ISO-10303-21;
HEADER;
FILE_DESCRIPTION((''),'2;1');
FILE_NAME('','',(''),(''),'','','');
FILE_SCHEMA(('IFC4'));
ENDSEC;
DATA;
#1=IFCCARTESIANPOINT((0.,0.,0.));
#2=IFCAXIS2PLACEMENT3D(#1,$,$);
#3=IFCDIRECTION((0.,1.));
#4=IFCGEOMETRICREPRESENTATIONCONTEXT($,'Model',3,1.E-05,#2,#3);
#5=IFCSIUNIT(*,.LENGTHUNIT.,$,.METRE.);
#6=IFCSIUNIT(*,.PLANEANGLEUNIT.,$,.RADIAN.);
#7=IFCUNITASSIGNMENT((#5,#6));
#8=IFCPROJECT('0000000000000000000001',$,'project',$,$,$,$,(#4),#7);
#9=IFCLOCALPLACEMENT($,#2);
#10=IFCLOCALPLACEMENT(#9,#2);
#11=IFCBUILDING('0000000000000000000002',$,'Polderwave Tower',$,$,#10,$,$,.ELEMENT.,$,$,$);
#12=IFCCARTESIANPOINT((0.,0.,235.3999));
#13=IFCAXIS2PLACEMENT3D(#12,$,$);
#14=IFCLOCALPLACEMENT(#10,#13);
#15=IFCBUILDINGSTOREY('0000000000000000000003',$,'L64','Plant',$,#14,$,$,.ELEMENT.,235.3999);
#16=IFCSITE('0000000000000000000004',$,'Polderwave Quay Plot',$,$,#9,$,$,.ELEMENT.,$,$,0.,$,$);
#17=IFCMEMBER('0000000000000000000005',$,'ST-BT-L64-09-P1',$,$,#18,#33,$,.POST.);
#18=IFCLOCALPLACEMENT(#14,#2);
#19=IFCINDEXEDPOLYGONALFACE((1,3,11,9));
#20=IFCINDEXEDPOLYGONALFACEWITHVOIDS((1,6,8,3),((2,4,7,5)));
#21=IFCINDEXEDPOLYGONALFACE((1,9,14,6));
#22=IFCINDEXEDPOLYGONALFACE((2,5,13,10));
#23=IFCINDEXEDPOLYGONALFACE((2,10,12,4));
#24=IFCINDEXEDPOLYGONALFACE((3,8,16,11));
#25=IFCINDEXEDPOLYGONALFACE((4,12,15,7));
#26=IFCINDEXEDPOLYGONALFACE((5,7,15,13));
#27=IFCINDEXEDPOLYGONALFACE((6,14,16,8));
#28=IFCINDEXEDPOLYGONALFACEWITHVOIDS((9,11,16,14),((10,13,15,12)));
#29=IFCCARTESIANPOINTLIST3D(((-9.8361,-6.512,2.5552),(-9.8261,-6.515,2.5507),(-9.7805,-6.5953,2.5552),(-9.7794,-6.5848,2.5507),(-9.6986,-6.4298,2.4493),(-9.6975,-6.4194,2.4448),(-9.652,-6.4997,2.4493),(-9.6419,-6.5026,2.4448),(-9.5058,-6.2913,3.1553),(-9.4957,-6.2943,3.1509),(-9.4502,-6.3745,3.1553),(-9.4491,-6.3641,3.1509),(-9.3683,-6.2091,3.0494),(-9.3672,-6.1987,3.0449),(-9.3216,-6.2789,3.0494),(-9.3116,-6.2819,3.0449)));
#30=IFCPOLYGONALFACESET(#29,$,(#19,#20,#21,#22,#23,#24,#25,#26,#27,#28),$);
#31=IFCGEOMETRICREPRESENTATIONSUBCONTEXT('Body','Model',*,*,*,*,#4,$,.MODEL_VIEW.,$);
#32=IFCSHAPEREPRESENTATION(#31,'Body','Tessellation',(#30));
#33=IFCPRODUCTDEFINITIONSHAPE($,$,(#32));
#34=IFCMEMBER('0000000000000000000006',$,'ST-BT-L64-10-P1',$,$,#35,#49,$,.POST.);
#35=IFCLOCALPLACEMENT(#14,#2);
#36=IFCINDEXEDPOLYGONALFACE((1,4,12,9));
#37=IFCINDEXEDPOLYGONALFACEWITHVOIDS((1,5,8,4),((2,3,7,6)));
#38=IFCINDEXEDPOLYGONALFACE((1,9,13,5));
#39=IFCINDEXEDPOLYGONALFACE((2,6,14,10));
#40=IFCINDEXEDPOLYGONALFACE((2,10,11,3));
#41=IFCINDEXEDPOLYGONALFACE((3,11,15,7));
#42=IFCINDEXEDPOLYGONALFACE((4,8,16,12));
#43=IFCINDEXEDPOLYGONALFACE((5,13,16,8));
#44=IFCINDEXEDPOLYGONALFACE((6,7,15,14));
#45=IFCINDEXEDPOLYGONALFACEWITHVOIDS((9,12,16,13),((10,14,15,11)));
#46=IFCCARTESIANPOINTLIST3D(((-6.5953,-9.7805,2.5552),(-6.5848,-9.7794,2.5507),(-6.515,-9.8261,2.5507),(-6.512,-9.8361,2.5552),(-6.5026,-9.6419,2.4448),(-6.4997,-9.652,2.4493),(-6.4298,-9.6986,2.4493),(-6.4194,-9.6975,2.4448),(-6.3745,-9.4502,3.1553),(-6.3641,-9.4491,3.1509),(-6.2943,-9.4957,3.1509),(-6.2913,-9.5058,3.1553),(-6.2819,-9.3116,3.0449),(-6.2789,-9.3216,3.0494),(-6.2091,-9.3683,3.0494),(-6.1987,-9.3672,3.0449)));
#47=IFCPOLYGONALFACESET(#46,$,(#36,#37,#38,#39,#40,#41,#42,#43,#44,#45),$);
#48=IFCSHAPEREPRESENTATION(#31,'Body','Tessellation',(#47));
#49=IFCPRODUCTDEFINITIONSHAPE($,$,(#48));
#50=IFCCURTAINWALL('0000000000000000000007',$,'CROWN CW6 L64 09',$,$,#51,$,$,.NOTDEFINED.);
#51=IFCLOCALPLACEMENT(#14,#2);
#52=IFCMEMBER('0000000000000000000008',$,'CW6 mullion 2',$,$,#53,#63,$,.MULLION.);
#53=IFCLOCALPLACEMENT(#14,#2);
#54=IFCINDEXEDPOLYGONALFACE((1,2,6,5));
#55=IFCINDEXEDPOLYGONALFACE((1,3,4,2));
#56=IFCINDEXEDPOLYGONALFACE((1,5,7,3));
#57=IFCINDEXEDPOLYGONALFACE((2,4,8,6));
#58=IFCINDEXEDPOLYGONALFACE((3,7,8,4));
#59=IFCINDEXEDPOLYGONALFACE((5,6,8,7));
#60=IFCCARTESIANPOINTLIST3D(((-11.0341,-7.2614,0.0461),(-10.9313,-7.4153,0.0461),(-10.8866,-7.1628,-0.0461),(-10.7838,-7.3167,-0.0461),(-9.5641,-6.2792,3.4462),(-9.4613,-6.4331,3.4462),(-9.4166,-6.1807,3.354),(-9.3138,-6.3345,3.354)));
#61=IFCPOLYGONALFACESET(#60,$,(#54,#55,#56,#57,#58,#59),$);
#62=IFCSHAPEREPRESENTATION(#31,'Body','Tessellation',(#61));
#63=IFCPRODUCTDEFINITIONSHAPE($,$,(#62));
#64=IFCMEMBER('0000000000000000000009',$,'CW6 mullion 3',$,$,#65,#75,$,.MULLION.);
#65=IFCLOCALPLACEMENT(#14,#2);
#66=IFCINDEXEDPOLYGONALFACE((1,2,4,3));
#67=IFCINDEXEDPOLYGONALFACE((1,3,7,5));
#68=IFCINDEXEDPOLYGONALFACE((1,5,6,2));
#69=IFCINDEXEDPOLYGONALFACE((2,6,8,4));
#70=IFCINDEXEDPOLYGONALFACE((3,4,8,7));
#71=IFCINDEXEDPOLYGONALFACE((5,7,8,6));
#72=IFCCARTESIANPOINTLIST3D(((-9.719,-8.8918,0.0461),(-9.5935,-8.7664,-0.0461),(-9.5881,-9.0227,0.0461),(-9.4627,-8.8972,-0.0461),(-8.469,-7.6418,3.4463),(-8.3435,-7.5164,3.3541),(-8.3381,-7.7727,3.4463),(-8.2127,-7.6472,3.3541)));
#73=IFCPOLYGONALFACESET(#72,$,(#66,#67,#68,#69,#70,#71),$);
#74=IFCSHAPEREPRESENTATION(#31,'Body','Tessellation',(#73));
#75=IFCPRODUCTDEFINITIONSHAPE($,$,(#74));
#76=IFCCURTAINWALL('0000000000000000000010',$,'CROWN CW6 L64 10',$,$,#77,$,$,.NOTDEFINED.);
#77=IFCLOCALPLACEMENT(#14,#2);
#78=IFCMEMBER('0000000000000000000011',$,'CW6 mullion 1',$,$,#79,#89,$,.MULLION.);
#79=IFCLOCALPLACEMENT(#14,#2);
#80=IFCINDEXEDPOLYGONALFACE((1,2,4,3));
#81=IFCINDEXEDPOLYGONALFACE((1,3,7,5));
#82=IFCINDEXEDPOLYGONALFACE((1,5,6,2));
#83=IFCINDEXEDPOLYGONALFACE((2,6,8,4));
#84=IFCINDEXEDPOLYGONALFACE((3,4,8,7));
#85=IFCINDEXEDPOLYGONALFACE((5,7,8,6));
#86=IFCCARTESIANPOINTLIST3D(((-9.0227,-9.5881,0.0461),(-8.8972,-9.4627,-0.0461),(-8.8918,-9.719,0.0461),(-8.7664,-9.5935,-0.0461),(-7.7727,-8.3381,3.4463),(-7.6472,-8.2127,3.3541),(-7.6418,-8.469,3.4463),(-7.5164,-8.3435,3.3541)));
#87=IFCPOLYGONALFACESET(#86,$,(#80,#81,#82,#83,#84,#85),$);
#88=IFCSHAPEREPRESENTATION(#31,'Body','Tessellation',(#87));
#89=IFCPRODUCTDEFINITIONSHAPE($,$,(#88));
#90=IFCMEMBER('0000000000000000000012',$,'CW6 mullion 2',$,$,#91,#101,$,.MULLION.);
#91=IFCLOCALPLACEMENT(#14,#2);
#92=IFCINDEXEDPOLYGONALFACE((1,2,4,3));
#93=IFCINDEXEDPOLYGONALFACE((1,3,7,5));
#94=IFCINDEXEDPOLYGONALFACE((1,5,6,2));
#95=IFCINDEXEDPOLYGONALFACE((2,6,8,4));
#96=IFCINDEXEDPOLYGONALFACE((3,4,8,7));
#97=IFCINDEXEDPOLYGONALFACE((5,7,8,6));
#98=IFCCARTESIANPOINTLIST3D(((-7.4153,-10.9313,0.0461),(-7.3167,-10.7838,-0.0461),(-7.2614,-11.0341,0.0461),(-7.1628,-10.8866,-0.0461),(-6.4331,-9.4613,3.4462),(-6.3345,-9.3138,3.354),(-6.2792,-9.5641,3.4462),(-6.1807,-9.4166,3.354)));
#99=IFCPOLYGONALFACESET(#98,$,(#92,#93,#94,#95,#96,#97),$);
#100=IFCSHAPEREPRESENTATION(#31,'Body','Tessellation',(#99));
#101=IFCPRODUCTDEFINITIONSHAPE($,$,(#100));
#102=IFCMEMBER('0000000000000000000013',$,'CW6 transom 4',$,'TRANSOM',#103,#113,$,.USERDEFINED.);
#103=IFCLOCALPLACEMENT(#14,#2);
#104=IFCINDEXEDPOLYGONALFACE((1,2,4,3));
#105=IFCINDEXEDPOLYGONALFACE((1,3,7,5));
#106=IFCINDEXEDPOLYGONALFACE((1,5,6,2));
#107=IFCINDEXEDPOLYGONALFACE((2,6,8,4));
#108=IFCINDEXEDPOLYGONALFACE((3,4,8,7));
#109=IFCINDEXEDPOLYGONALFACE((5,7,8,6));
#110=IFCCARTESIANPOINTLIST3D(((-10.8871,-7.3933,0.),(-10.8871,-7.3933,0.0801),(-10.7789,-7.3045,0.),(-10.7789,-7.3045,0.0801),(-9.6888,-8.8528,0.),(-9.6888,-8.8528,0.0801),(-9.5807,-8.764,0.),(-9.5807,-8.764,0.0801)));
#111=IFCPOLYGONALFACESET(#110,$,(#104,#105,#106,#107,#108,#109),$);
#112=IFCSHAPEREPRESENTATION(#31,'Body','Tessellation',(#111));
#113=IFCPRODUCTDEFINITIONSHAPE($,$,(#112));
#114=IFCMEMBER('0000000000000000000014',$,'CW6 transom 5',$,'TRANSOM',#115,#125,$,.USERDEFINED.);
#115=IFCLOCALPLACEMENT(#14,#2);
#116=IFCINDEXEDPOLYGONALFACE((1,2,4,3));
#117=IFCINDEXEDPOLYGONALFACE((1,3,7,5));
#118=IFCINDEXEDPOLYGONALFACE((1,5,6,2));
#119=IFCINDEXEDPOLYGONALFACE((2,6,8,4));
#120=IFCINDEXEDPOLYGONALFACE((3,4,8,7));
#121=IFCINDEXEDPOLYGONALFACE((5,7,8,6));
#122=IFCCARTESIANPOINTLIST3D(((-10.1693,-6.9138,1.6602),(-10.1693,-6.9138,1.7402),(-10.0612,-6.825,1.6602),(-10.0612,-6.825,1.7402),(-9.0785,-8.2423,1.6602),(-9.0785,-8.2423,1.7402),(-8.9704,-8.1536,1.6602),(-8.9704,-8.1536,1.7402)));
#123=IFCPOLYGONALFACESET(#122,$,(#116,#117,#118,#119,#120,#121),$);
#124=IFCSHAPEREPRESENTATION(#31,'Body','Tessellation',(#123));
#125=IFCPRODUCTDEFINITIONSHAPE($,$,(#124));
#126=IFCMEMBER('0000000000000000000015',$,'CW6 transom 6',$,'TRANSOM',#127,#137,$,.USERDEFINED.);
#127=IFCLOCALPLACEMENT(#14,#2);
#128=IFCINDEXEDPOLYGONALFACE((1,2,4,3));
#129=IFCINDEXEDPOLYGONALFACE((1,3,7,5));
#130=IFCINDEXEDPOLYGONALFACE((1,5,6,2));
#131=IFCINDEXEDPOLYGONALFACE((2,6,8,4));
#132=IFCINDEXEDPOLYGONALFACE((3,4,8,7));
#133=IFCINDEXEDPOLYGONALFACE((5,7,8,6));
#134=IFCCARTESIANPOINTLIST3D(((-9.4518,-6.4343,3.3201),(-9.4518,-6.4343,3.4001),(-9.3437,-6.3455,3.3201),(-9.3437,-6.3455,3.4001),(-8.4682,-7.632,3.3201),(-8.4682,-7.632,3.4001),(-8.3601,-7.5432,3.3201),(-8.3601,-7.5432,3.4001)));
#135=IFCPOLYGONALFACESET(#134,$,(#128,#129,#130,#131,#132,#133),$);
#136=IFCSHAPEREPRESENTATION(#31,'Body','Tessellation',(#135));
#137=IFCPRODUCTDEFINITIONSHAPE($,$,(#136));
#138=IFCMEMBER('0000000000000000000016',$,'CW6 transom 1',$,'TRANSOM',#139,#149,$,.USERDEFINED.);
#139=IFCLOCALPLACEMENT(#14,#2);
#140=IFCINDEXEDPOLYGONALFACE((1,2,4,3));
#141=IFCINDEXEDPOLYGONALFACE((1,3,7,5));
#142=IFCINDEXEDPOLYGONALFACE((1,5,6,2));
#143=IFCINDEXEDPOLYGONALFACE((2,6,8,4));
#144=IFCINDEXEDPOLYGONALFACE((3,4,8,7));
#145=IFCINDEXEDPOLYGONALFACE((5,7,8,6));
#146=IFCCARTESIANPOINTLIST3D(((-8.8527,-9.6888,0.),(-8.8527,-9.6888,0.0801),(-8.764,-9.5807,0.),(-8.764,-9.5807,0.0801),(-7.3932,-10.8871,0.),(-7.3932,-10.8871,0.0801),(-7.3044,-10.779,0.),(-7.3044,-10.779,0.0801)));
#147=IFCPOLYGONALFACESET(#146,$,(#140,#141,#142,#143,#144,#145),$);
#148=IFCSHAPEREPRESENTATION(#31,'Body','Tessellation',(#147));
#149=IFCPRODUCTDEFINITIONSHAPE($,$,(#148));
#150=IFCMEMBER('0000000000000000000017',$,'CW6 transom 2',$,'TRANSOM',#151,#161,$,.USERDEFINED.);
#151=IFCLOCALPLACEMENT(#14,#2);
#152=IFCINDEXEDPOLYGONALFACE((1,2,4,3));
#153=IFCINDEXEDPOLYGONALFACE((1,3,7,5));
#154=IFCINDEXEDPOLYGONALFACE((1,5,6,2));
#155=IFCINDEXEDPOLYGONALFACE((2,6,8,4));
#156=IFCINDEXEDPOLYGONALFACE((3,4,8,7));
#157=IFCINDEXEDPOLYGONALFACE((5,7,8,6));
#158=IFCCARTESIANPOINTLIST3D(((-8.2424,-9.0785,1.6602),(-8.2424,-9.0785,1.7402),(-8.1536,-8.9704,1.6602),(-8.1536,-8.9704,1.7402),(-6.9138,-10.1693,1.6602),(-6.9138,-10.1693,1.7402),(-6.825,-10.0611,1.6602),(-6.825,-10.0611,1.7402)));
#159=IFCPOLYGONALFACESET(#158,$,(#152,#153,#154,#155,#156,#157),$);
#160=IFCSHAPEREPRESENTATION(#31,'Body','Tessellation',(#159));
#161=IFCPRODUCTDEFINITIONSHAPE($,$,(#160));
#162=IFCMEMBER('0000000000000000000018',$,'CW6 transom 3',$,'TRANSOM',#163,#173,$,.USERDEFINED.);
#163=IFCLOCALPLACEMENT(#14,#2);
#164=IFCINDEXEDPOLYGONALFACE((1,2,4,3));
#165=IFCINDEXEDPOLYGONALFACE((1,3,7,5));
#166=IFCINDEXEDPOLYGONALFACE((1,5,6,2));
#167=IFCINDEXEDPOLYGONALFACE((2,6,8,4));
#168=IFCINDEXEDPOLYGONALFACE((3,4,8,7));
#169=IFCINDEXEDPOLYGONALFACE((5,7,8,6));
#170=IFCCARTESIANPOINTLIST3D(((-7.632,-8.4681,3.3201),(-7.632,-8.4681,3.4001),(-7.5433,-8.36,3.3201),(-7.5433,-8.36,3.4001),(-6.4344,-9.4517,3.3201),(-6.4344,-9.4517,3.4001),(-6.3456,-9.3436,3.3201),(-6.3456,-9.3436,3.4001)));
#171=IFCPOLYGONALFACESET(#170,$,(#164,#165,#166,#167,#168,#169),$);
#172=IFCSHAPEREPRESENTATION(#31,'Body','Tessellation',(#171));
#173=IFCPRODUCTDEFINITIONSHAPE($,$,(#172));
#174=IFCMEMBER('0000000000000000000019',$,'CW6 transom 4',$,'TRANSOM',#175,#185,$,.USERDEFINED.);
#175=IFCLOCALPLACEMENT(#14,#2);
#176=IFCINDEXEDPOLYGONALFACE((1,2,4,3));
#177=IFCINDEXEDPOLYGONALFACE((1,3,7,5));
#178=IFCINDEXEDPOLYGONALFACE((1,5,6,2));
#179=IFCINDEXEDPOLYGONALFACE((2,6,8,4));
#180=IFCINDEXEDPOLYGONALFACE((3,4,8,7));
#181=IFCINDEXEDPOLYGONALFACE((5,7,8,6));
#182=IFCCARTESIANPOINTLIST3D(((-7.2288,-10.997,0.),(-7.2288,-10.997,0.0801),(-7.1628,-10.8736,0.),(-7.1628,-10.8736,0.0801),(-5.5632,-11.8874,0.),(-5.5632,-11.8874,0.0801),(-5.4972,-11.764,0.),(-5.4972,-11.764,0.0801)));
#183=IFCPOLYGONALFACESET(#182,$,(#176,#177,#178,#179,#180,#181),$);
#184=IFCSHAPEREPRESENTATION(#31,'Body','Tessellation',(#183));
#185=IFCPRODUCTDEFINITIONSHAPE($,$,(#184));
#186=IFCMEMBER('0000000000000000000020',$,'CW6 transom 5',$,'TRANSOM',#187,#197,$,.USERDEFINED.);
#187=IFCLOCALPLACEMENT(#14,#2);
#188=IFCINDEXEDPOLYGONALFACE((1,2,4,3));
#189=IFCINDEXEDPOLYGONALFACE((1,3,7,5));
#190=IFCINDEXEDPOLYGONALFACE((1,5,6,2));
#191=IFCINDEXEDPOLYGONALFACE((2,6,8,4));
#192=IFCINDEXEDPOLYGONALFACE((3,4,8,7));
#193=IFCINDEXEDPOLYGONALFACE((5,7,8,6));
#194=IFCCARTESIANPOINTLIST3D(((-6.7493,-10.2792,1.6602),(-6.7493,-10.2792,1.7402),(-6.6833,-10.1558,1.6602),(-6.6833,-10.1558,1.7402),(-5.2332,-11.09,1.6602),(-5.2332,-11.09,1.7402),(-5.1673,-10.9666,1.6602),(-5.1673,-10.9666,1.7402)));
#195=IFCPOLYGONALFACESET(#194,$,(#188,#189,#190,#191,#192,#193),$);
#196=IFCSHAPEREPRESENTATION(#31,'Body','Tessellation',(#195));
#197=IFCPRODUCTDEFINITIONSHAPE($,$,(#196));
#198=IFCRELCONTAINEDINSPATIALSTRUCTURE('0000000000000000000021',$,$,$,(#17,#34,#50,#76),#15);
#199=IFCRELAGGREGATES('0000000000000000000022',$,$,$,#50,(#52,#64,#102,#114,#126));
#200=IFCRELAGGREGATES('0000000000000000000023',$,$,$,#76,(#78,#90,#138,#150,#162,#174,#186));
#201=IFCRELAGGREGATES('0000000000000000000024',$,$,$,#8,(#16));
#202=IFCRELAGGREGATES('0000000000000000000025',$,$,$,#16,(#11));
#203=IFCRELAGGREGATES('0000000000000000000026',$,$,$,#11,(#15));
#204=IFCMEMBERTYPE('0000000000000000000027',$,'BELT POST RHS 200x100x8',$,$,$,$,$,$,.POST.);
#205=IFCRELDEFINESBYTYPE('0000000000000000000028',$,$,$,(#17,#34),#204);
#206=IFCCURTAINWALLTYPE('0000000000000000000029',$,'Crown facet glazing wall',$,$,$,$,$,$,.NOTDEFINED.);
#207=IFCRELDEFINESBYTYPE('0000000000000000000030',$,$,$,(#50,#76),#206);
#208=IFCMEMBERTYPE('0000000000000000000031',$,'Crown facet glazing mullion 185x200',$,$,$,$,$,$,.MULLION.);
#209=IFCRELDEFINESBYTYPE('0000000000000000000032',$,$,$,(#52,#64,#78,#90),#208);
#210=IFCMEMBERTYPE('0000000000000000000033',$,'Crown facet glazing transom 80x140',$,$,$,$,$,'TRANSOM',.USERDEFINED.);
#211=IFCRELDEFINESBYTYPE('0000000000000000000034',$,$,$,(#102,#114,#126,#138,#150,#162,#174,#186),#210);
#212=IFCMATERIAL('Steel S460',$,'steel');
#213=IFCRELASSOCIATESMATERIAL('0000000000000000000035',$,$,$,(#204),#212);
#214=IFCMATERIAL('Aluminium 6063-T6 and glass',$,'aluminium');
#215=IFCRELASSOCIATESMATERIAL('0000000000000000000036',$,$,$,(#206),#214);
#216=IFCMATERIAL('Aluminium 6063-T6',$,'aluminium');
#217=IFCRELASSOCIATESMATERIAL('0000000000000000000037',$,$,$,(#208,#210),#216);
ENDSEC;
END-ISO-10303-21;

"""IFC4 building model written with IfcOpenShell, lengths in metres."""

from ifc_helpers import new_model, si_unit, direction, frame, origin, origin_2d, place, context, subcontext, project, spatial, rectangle, hollow_rectangle, extrude, material, material_profile, profile_set, type_object, element, aggregate, save


model = new_model("IFC4")

# Units and contexts
model_context = context("Model", 3, precision=1e-05, world=origin(), true_north=direction((0.0, 1.0)))
body_context = subcontext(model_context, "Body", "Model", "MODEL_VIEW")
ifc_project = project(units=[si_unit("LENGTHUNIT", "METRE"), si_unit("PLANEANGLEUNIT", "RADIAN")], contexts=[model_context])

# Site, building, storey
site_placement = place(None, origin())
site = spatial("IfcSite", under=ifc_project, at=site_placement, Name="Polderwave Quay Plot", CompositionType="ELEMENT", RefElevation=0.0)
building_placement = place(site_placement, origin())
building = spatial("IfcBuilding", under=site, at=building_placement, Name="Polderwave Tower", CompositionType="ELEMENT")
storey_placement = place(building_placement, frame((0.0, 0.0, 235.3999)))
storey = spatial("IfcBuildingStorey", under=building, at=storey_placement, Name="L64", Description="Plant", CompositionType="ELEMENT", Elevation=235.3999)

# Members
ifc_material_1 = material(Name="Steel S460", Category="steel")
ifc_material_profile_1 = material_profile(ifc_material_1, hollow_rectangle(XDim=0.1001, YDim=0.2, WallThickness=0.0081, at=origin_2d()), Name="RHS 200x100x8")
ifc_profile_set_1 = profile_set([ifc_material_profile_1], Name="Steel S460")
member_type_1 = type_object("IfcMemberType", Name="BELT POST RHS 200x100x8", PredefinedType="POST", material=ifc_profile_set_1)
for number, where, z_axis, x_axis, name in (
    (1, (-9.739, -6.5073, 2.5), (0.458985, 0.306668, 0.833839), (-0.555551, 0.831483, 0.0), "ST-BT-L64-09-P1"),
    (2, (-6.5073, -9.739, 2.5), (0.306668, 0.458985, 0.833839), (-0.831483, 0.555551, 0.0), "ST-BT-L64-10-P1"),
):
    element("IfcMember", number, at=place(storey_placement, frame(where, z_axis=z_axis, x_axis=x_axis)), inside=storey, type_object=member_type_1, Name=name, PredefinedType="POST", context=body_context, shape_type="SweptSolid", body=[
        extrude(hollow_rectangle(XDim=0.1001, YDim=0.2, WallThickness=0.0081, at=origin_2d()), origin(), (0.0, 0.0, 1.0), 0.7197),
    ])

# Curtain walls, members
ifc_material_2 = material(Name="Aluminium 6063-T6 and glass", Category="aluminium")
curtain_wall_type = type_object("IfcCurtainWallType", Name="Crown facet glazing wall", PredefinedType="NOTDEFINED", material=ifc_material_2)
curtain_wall_1_placement = place(storey_placement, origin())
curtain_wall_1 = element("IfcCurtainWall", 3, at=curtain_wall_1_placement, inside=storey, type_object=curtain_wall_type, Name="CROWN CW6 L64 09", PredefinedType="NOTDEFINED")
ifc_material_3 = material(Name="Aluminium 6063-T6", Category="aluminium")
ifc_material_profile_2 = material_profile(ifc_material_3, rectangle(XDim=0.1851, YDim=0.2, at=origin_2d()), Name="AL 185x200")
ifc_profile_set_2 = profile_set([ifc_material_profile_2], Name="Aluminium 6063-T6")
member_type_2 = type_object("IfcMemberType", Name="Crown facet glazing mullion 185x200", PredefinedType="MULLION", material=ifc_profile_set_2)
member_1_placement = place(storey_placement, frame((-10.9089, -7.2891, 0.0), z_axis=(0.383575, 0.25629, 0.887235), x_axis=(-0.55556, 0.831476, 0.0)))
member_1 = element("IfcMember", 4, at=member_1_placement, type_object=member_type_2, Name="CW6 mullion 2", PredefinedType="MULLION", context=body_context, shape_type="SweptSolid", body=[
    extrude(rectangle(XDim=0.1851, YDim=0.2, at=origin_2d()), origin(), (0.0, 0.0, 1.0), 3.8323),
])
member_2_placement = place(storey_placement, frame((-9.5908, -8.8945, 0.0), z_axis=(0.326181, 0.326181, 0.88725), x_axis=(-0.707107, 0.707107, 0.0)))
member_2 = element("IfcMember", 5, at=member_2_placement, type_object=member_type_2, Name="CW6 mullion 3", PredefinedType="MULLION", context=body_context, shape_type="SweptSolid", body=[
    extrude(rectangle(XDim=0.1851, YDim=0.2, at=origin_2d()), origin(), (0.0, 0.0, 1.0), 3.8323),
])
curtain_wall_2_placement = place(storey_placement, origin())
curtain_wall_2 = element("IfcCurtainWall", 6, at=curtain_wall_2_placement, inside=storey, type_object=curtain_wall_type, Name="CROWN CW6 L64 10", PredefinedType="NOTDEFINED")
member_3_placement = place(storey_placement, frame((-8.8945, -9.5908, 0.0), z_axis=(0.326181, 0.326181, 0.88725), x_axis=(-0.707107, 0.707107, 0.0)))
member_3 = element("IfcMember", 7, at=member_3_placement, type_object=member_type_2, Name="CW6 mullion 1", PredefinedType="MULLION", context=body_context, shape_type="SweptSolid", body=[
    extrude(rectangle(XDim=0.1851, YDim=0.2, at=origin_2d()), origin(), (0.0, 0.0, 1.0), 3.8323),
])
member_4_placement = place(storey_placement, frame((-7.2891, -10.9089, 0.0), z_axis=(0.25629, 0.383575, 0.887235), x_axis=(-0.831476, 0.55556, 0.0)))
member_4 = element("IfcMember", 8, at=member_4_placement, type_object=member_type_2, Name="CW6 mullion 2", PredefinedType="MULLION", context=body_context, shape_type="SweptSolid", body=[
    extrude(rectangle(XDim=0.1851, YDim=0.2, at=origin_2d()), origin(), (0.0, 0.0, 1.0), 3.8323),
])

# Members
ifc_material_profile_3 = material_profile(ifc_material_3, rectangle(XDim=0.1399, YDim=0.0801, at=origin_2d()), Name="AL 80x140")
ifc_profile_set_3 = profile_set([ifc_material_profile_3], Name="Aluminium 6063-T6")
member_type_3 = type_object("IfcMemberType", Name="Crown facet glazing transom 80x140", ElementType="TRANSOM", PredefinedType="USERDEFINED", material=ifc_profile_set_3)
member_5_placement = place(storey_placement, frame((-10.833, -7.3489, 0.04), z_axis=(0.634546, -0.772885, 0.0), x_axis=(0.772885, 0.634546, 0.0)))
member_5 = element("IfcMember", 9, at=member_5_placement, type_object=member_type_3, Name="CW6 transom 4", ObjectType="TRANSOM", PredefinedType="USERDEFINED", context=body_context, shape_type="SweptSolid", body=[
    extrude(rectangle(XDim=0.1399, YDim=0.0801, at=origin_2d()), origin(), (0.0, 0.0, 1.0), 1.8884),
])
member_6_placement = place(storey_placement, frame((-10.1152, -6.8694, 1.7002), z_axis=(0.634552, -0.77288, 0.0), x_axis=(0.77288, 0.634552, 0.0)))
member_6 = element("IfcMember", 10, at=member_6_placement, type_object=member_type_3, Name="CW6 transom 5", ObjectType="TRANSOM", PredefinedType="USERDEFINED", context=body_context, shape_type="SweptSolid", body=[
    extrude(rectangle(XDim=0.1399, YDim=0.0801, at=origin_2d()), origin(), (0.0, 0.0, 1.0), 1.719),
])
member_7_placement = place(storey_placement, frame((-9.3977, -6.3899, 3.3601), z_axis=(0.634652, -0.772798, 0.0), x_axis=(0.772798, 0.634652, 0.0)))
member_7 = element("IfcMember", 11, at=member_7_placement, type_object=member_type_3, Name="CW6 transom 6", ObjectType="TRANSOM", PredefinedType="USERDEFINED", context=body_context, shape_type="SweptSolid", body=[
    extrude(rectangle(XDim=0.1399, YDim=0.0801, at=origin_2d()), origin(), (0.0, 0.0, 1.0), 1.5498),
])
member_8_placement = place(storey_placement, frame((-8.8083, -9.6348, 0.04), z_axis=(0.772885, -0.634546, 0.0), x_axis=(0.634546, 0.772885, 0.0)))
member_8 = element("IfcMember", 12, at=member_8_placement, type_object=member_type_3, Name="CW6 transom 1", ObjectType="TRANSOM", PredefinedType="USERDEFINED", context=body_context, shape_type="SweptSolid", body=[
    extrude(rectangle(XDim=0.1399, YDim=0.0801, at=origin_2d()), origin(), (0.0, 0.0, 1.0), 1.8884),
])
member_9_placement = place(storey_placement, frame((-8.198, -9.0244, 1.7002), z_axis=(0.77288, -0.634552, 0.0), x_axis=(0.634552, 0.77288, 0.0)))
member_9 = element("IfcMember", 13, at=member_9_placement, type_object=member_type_3, Name="CW6 transom 2", ObjectType="TRANSOM", PredefinedType="USERDEFINED", context=body_context, shape_type="SweptSolid", body=[
    extrude(rectangle(XDim=0.1399, YDim=0.0801, at=origin_2d()), origin(), (0.0, 0.0, 1.0), 1.719),
])
member_10_placement = place(storey_placement, frame((-7.5876, -8.4141, 3.3601), z_axis=(0.772798, -0.634652, 0.0), x_axis=(0.634652, 0.772798, 0.0)))
member_10 = element("IfcMember", 14, at=member_10_placement, type_object=member_type_3, Name="CW6 transom 3", ObjectType="TRANSOM", PredefinedType="USERDEFINED", context=body_context, shape_type="SweptSolid", body=[
    extrude(rectangle(XDim=0.1399, YDim=0.0801, at=origin_2d()), origin(), (0.0, 0.0, 1.0), 1.5498),
])
member_11_placement = place(storey_placement, frame((-7.1958, -10.9353, 0.04), z_axis=(0.881891, -0.471454, 0.0), x_axis=(0.471454, 0.881891, 0.0)))
member_11 = element("IfcMember", 15, at=member_11_placement, type_object=member_type_3, Name="CW6 transom 4", ObjectType="TRANSOM", PredefinedType="USERDEFINED", context=body_context, shape_type="SweptSolid", body=[
    extrude(rectangle(XDim=0.1399, YDim=0.0801, at=origin_2d()), origin(), (0.0, 0.0, 1.0), 1.8887),
])
member_12_placement = place(storey_placement, frame((-6.7163, -10.2175, 1.7002), z_axis=(0.881822, -0.471583, 0.0), x_axis=(0.471583, 0.881822, 0.0)))
member_12 = element("IfcMember", 16, at=member_12_placement, type_object=member_type_3, Name="CW6 transom 5", ObjectType="TRANSOM", PredefinedType="USERDEFINED", context=body_context, shape_type="SweptSolid", body=[
    extrude(rectangle(XDim=0.1399, YDim=0.0801, at=origin_2d()), origin(), (0.0, 0.0, 1.0), 1.7192),
])

aggregate(curtain_wall_1, [member_1, member_2, member_5, member_6, member_7])
aggregate(curtain_wall_2, [member_3, member_4, member_8, member_9, member_10, member_11, member_12])

save(model, "model.ifc")
